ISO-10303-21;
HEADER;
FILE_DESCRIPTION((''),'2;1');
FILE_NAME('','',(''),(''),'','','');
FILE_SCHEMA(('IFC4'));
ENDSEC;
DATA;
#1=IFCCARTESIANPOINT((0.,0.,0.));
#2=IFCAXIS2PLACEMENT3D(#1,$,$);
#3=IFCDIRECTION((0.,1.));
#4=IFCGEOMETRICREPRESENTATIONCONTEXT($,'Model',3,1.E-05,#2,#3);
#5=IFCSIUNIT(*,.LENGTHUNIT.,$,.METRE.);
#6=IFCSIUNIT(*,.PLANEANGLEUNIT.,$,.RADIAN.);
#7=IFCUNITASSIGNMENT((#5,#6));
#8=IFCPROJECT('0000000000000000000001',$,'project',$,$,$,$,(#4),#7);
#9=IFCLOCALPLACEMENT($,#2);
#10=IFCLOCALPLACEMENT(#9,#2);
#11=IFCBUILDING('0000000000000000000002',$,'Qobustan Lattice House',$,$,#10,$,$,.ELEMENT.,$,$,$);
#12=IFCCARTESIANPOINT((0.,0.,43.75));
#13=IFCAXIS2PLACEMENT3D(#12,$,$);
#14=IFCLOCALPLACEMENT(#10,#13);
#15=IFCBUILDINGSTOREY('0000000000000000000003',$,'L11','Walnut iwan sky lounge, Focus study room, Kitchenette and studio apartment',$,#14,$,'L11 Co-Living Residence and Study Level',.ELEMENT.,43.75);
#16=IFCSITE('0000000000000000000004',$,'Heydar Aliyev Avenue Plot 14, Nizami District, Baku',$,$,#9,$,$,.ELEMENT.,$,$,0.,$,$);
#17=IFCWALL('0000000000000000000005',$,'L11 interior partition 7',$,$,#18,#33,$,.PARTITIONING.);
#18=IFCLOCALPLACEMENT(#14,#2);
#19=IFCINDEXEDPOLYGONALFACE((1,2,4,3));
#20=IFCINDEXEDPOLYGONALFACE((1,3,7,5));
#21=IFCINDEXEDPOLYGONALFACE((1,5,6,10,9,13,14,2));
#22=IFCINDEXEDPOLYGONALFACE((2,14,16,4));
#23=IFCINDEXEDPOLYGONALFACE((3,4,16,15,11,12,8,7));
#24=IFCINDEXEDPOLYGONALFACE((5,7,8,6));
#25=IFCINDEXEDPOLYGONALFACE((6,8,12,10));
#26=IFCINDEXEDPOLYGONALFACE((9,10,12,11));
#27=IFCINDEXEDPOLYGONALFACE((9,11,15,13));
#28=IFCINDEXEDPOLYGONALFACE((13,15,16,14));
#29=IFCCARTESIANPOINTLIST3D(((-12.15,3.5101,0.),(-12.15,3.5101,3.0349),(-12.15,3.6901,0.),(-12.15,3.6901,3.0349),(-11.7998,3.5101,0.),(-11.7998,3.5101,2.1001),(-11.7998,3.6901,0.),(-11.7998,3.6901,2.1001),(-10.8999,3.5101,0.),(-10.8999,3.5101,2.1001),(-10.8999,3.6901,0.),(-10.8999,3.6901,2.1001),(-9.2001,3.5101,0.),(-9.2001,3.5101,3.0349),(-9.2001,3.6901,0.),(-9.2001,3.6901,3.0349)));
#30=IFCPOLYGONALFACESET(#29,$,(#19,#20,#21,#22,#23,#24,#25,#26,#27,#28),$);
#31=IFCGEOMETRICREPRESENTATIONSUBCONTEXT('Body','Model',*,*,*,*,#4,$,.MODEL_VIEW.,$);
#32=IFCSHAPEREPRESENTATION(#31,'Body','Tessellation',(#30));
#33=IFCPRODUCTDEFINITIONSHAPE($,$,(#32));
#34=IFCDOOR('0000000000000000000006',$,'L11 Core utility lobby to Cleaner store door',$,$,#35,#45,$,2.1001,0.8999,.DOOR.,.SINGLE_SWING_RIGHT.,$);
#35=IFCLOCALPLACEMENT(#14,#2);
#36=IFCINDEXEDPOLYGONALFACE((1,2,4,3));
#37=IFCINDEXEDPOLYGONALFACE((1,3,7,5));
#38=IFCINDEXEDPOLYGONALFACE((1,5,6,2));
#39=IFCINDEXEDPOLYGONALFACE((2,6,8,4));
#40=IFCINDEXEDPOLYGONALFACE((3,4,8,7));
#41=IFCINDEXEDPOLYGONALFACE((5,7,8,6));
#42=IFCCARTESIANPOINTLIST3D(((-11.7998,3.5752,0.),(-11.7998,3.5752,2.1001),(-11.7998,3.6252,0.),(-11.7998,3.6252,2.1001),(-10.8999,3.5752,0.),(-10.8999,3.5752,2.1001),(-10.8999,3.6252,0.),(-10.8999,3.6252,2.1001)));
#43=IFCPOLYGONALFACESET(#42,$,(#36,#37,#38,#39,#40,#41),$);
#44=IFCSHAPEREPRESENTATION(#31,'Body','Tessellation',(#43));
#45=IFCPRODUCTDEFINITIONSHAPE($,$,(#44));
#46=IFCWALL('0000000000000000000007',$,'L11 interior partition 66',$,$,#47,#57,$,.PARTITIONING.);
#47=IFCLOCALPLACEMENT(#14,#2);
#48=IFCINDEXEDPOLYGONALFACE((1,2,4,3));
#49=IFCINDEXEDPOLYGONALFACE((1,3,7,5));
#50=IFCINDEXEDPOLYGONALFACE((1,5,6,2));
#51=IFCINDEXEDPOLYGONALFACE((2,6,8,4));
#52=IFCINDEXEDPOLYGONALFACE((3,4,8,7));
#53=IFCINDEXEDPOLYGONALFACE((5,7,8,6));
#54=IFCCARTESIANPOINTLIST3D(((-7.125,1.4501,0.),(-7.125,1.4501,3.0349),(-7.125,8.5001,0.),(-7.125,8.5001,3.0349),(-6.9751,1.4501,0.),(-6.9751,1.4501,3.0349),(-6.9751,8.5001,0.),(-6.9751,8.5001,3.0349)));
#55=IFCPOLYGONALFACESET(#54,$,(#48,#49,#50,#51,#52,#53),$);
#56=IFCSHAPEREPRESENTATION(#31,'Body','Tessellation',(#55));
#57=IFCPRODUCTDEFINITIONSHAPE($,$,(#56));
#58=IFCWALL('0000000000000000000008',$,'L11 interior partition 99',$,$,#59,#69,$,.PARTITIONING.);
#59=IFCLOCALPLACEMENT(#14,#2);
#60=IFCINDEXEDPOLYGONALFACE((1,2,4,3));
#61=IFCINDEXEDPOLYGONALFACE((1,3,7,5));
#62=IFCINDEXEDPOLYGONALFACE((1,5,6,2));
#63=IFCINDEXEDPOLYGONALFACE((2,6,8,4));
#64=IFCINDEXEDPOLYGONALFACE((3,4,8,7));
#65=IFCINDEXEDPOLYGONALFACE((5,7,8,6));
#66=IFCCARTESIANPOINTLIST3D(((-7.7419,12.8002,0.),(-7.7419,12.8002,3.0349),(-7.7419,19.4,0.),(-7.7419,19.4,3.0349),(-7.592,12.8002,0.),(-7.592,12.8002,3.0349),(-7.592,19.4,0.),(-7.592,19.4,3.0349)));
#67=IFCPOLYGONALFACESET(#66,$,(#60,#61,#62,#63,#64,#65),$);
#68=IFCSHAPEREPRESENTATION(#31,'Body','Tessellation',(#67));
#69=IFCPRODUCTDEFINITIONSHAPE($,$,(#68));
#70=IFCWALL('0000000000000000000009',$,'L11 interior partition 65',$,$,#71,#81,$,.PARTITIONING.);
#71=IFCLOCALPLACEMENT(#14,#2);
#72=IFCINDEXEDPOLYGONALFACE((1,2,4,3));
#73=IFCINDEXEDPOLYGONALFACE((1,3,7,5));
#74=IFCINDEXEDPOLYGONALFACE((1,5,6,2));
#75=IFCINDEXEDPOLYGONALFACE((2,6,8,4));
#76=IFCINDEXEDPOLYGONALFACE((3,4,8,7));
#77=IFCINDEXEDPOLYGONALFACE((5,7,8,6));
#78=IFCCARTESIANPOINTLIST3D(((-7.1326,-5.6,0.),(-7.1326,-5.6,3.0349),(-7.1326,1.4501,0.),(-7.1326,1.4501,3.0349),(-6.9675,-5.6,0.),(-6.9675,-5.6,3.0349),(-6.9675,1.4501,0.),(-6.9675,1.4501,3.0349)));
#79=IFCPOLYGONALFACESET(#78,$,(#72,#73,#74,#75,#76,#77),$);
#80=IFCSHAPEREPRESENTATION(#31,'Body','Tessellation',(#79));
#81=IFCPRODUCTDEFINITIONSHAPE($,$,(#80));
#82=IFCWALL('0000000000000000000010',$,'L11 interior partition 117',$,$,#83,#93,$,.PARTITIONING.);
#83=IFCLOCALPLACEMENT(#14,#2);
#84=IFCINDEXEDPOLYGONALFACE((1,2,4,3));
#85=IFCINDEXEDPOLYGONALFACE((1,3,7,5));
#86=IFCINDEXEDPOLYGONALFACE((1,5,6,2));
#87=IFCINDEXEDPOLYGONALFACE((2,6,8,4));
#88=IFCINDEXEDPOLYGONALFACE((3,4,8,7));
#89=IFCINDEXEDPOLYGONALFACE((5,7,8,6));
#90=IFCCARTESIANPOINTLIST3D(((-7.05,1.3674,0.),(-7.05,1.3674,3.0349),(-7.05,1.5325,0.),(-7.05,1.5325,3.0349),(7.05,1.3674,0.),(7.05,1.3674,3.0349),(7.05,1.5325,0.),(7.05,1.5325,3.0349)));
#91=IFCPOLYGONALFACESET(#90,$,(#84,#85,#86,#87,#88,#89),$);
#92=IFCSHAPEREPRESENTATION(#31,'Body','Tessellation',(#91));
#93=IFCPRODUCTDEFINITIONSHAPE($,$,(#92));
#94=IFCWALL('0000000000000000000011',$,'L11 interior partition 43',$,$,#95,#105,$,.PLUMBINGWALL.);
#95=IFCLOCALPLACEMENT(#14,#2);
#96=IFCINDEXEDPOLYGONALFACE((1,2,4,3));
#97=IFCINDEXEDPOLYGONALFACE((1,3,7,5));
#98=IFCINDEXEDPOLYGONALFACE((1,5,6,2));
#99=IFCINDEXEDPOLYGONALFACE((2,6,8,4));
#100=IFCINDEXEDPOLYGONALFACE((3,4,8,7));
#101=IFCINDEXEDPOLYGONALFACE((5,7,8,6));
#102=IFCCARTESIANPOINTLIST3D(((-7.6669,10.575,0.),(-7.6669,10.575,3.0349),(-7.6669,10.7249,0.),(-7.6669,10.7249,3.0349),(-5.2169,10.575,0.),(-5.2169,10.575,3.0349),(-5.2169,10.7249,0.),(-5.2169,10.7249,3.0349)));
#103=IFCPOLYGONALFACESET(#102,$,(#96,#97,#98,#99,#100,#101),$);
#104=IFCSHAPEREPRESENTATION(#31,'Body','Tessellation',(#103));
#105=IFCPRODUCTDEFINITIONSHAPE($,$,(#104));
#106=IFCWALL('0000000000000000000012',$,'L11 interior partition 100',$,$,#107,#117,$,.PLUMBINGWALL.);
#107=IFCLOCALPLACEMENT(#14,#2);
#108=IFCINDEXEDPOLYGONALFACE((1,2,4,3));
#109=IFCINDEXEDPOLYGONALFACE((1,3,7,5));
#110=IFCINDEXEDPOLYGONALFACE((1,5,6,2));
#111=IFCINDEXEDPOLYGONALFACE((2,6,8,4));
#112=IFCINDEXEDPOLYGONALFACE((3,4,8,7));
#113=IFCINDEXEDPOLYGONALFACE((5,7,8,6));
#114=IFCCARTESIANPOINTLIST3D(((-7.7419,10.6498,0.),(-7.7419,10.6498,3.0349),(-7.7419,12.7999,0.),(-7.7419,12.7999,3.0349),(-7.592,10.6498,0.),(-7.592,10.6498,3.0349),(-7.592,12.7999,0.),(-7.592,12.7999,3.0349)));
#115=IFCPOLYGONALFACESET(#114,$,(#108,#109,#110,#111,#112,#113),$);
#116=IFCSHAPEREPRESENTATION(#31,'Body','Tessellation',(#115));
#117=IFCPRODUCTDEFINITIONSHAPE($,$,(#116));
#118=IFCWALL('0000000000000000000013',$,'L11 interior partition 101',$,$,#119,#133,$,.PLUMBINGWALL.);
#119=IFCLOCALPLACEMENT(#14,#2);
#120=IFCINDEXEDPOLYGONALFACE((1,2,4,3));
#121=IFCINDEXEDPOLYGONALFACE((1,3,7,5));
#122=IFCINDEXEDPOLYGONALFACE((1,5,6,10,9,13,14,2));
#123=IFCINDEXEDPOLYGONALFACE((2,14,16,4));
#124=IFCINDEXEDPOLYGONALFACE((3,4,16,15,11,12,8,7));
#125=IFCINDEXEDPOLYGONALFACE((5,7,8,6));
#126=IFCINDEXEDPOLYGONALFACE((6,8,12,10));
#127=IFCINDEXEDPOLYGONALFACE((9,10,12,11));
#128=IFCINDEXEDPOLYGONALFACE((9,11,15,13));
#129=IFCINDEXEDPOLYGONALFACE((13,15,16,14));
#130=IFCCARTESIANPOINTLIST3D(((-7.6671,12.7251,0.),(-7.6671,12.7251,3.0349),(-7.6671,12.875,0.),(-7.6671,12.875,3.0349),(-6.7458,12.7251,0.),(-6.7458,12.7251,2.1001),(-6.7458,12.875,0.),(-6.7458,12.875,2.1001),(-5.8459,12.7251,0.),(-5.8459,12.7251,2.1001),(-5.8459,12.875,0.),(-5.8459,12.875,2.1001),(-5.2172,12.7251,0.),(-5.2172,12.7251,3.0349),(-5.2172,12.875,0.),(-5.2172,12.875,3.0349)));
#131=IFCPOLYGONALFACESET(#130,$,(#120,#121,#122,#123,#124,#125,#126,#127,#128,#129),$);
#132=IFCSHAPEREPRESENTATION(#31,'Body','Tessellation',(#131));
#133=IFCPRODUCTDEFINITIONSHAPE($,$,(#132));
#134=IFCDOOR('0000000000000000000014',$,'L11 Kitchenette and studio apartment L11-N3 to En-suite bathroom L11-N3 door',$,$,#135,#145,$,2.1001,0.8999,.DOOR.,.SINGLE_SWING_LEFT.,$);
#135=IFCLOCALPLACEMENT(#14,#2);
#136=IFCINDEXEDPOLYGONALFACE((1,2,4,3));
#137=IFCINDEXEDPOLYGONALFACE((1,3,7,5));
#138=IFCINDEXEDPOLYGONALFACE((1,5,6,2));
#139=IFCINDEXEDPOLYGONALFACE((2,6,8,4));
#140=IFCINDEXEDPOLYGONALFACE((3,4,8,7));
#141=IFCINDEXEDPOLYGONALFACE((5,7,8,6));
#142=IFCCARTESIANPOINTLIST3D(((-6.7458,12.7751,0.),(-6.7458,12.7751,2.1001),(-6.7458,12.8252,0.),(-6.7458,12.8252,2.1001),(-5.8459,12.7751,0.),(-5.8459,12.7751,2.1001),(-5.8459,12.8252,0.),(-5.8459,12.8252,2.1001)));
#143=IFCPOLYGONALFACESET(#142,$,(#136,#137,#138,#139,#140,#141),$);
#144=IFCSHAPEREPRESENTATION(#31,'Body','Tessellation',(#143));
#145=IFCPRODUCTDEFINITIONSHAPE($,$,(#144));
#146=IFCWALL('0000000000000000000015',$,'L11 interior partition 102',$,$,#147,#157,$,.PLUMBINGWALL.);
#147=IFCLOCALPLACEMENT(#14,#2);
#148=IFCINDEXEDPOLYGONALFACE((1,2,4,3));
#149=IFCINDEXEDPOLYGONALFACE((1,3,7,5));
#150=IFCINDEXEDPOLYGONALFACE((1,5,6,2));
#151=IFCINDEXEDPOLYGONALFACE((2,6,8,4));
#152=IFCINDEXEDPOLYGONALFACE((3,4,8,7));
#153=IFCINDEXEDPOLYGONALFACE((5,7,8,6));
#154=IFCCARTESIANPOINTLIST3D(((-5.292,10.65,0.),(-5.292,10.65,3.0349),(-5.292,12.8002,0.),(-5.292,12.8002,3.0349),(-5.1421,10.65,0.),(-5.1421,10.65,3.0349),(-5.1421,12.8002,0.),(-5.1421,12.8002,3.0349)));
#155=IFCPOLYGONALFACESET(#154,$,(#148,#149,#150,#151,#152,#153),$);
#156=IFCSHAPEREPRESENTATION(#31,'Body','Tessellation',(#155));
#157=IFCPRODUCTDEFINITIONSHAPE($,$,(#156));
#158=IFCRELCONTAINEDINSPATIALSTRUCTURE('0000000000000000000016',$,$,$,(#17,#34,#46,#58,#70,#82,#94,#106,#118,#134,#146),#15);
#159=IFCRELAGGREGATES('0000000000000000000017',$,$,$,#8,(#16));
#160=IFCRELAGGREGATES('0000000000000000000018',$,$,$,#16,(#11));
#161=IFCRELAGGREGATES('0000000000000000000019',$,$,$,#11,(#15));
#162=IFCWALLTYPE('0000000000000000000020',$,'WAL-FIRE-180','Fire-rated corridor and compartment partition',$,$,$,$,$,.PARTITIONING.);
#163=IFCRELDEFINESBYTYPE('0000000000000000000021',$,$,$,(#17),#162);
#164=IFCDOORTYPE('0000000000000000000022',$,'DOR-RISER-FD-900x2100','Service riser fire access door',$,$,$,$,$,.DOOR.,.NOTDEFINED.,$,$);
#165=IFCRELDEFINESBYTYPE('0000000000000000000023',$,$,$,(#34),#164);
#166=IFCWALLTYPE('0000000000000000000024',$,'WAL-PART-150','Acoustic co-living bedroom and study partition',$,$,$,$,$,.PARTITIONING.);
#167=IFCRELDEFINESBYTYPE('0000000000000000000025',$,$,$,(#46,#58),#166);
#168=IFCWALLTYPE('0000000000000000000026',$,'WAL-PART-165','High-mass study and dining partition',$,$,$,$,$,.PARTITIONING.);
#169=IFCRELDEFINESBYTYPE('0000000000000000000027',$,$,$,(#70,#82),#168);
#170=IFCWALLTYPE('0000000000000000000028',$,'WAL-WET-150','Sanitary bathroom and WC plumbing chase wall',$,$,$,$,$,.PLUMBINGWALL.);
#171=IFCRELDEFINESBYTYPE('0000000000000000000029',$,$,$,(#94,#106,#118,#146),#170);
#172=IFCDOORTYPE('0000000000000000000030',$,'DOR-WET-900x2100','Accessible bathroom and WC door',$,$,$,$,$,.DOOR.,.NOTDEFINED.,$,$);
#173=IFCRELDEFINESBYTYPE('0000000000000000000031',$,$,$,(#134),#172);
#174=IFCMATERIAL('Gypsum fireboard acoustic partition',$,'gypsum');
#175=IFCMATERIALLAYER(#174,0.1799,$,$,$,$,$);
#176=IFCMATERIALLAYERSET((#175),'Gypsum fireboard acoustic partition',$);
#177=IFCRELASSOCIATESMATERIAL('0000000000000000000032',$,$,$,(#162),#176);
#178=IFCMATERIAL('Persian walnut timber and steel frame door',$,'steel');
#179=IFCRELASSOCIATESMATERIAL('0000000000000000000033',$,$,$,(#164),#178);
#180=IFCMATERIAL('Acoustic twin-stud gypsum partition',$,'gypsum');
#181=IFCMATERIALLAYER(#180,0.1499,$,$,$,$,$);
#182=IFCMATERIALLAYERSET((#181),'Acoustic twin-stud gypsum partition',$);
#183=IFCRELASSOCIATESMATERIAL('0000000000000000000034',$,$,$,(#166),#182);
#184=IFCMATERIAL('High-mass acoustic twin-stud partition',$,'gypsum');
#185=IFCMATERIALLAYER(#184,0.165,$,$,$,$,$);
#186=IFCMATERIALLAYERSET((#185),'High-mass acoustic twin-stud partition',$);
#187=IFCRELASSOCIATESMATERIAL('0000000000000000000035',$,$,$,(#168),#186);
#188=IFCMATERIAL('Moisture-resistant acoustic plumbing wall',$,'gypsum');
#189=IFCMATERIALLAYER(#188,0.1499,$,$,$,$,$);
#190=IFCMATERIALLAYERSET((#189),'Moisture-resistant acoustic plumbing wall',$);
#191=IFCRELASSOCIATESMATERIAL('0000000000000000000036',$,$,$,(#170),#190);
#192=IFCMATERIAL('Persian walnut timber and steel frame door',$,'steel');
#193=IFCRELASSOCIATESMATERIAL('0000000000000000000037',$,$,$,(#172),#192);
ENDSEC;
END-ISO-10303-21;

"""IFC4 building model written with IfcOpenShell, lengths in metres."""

from ifc_helpers import new_model, si_unit, direction, frame, frame_2d, origin, place, context, subcontext, project, spatial, rectangle, extrude, material, layer, layer_set, type_object, element, fill, save


model = new_model("IFC4")

# Units and contexts
model_context = context("Model", 3, precision=1e-05, world=origin(), true_north=direction((0.0, 1.0)))
body_context = subcontext(model_context, "Body", "Model", "MODEL_VIEW")
ifc_project = project(units=[si_unit("LENGTHUNIT", "METRE"), si_unit("PLANEANGLEUNIT", "RADIAN")], contexts=[model_context])

# Site, building, storey
site_placement = place(None, origin())
site = spatial("IfcSite", under=ifc_project, at=site_placement, Name="Heydar Aliyev Avenue Plot 14, Nizami District, Baku", CompositionType="ELEMENT", RefElevation=0.0)
building_placement = place(site_placement, origin())
building = spatial("IfcBuilding", under=site, at=building_placement, Name="Qobustan Lattice House", CompositionType="ELEMENT")
storey_placement = place(building_placement, frame((0.0, 0.0, 43.75)))
storey = spatial("IfcBuildingStorey", under=building, at=storey_placement, Name="L11", Description="Walnut iwan sky lounge, Focus study room, Kitchenette and studio apartment", LongName="L11 Co-Living Residence and Study Level", CompositionType="ELEMENT", Elevation=43.75)

# Wall, opening, door
ifc_material_1 = material(Name="Gypsum fireboard acoustic partition", Category="gypsum")
ifc_layer_1 = layer(ifc_material_1, 0.1799)
ifc_layer_set_1 = layer_set([ifc_layer_1], Name="Gypsum fireboard acoustic partition")
wall_type_1 = type_object("IfcWallType", Name="WAL-FIRE-180", Description="Fire-rated corridor and compartment partition", PredefinedType="PARTITIONING", material=ifc_layer_set_1)
wall_1_placement = place(storey_placement, frame((-9.2, 3.6001, 0.0), z_axis=(0.0, 0.0, 1.0), x_axis=(-1.0, 0.0, 0.0)))
wall_1 = element("IfcWall", 1, at=wall_1_placement, inside=storey, type_object=wall_type_1, Name="L11 interior partition 7", PredefinedType="PARTITIONING", context=body_context, shape_type="SweptSolid", body=[
    extrude(rectangle(XDim=2.95, YDim=0.1799, at=frame_2d((1.4751, 0.0))), origin(), (0.0, 0.0, 1.0), 3.0349),
])
opening_1_placement = place(wall_1_placement, frame((1.7, 0.0, 0.0)))
opening_1 = element("IfcOpeningElement", 2, at=opening_1_placement, cuts=wall_1, PredefinedType="OPENING", context=body_context, shape_type="SweptSolid", body=[
    extrude(rectangle(XDim=0.8999, YDim=2.1001, at=frame_2d((0.45, 1.05))), frame((0.0, 0.0999, 0.0), z_axis=(0.0, -1.0, 0.0), x_axis=(1.0, 0.0, 0.0)), (0.0, 0.0, 1.0), 0.2),
])
ifc_material_2 = material(Name="Persian walnut timber and steel frame door", Category="steel")
door_type_1 = type_object("IfcDoorType", Name="DOR-RISER-FD-900x2100", Description="Service riser fire access door", OperationType="NOTDEFINED", PredefinedType="DOOR", material=ifc_material_2)
door_1_placement = place(opening_1_placement, origin())
door_1 = element("IfcDoor", 3, at=door_1_placement, inside=storey, type_object=door_type_1, Name="L11 Core utility lobby to Cleaner store door", OperationType="SINGLE_SWING_RIGHT", OverallHeight=2.1001, OverallWidth=0.8999, PredefinedType="DOOR", context=body_context, shape_type="SweptSolid", body=[
    extrude(rectangle(XDim=0.8999, YDim=2.1001, at=frame_2d((0.45, 1.05))), frame((0.0, 0.0249, 0.0), z_axis=(0.0, -1.0, 0.0), x_axis=(1.0, 0.0, 0.0)), (0.0, 0.0, 1.0), 0.05),
])
fill(opening_1, door_1)

# Walls
ifc_material_3 = material(Name="Acoustic twin-stud gypsum partition", Category="gypsum")
ifc_layer_2 = layer(ifc_material_3, 0.1499)
ifc_layer_set_2 = layer_set([ifc_layer_2], Name="Acoustic twin-stud gypsum partition")
wall_type_2 = type_object("IfcWallType", Name="WAL-PART-150", Description="Acoustic co-living bedroom and study partition", PredefinedType="PARTITIONING", material=ifc_layer_set_2)
wall_2_placement = place(storey_placement, frame((-7.05, 8.5, 0.0), z_axis=(0.0, 0.0, 1.0), x_axis=(0.0, -1.0, 0.0)))
element("IfcWall", 4, at=wall_2_placement, inside=storey, type_object=wall_type_2, Name="L11 interior partition 66", PredefinedType="PARTITIONING", context=body_context, shape_type="SweptSolid", body=[
    extrude(rectangle(XDim=7.05, YDim=0.1499, at=frame_2d((3.5249, 0.0))), origin(), (0.0, 0.0, 1.0), 3.0349),
])
wall_3_placement = place(storey_placement, frame((-7.667, 19.3999, 0.0), z_axis=(0.0, 0.0, 1.0), x_axis=(0.0, -1.0, 0.0)))
element("IfcWall", 5, at=wall_3_placement, inside=storey, type_object=wall_type_2, Name="L11 interior partition 99", PredefinedType="PARTITIONING", context=body_context, shape_type="SweptSolid", body=[
    extrude(rectangle(XDim=6.5999, YDim=0.1499, at=frame_2d((3.2998, 0.0))), origin(), (0.0, 0.0, 1.0), 3.0349),
])
ifc_material_4 = material(Name="High-mass acoustic twin-stud partition", Category="gypsum")
ifc_layer_3 = layer(ifc_material_4, 0.165)
ifc_layer_set_3 = layer_set([ifc_layer_3], Name="High-mass acoustic twin-stud partition")
wall_type_3 = type_object("IfcWallType", Name="WAL-PART-165", Description="High-mass study and dining partition", PredefinedType="PARTITIONING", material=ifc_layer_set_3)
wall_4_placement = place(storey_placement, frame((-7.05, 1.45, 0.0), z_axis=(0.0, 0.0, 1.0), x_axis=(0.0, -1.0, 0.0)))
element("IfcWall", 6, at=wall_4_placement, inside=storey, type_object=wall_type_3, Name="L11 interior partition 65", PredefinedType="PARTITIONING", context=body_context, shape_type="SweptSolid", body=[
    extrude(rectangle(XDim=7.05, YDim=0.165, at=frame_2d((3.5249, 0.0))), origin(), (0.0, 0.0, 1.0), 3.0349),
])
wall_5_placement = place(storey_placement, frame((-7.05, 1.45, 0.0), z_axis=(0.0, 0.0, 1.0), x_axis=(1.0, 0.0, 0.0)))
element("IfcWall", 7, at=wall_5_placement, inside=storey, type_object=wall_type_3, Name="L11 interior partition 117", PredefinedType="PARTITIONING", context=body_context, shape_type="SweptSolid", body=[
    extrude(rectangle(XDim=14.1001, YDim=0.165, at=frame_2d((7.05, 0.0))), origin(), (0.0, 0.0, 1.0), 3.0349),
])
ifc_material_5 = material(Name="Moisture-resistant acoustic plumbing wall", Category="gypsum")
ifc_layer_4 = layer(ifc_material_5, 0.1499)
ifc_layer_set_4 = layer_set([ifc_layer_4], Name="Moisture-resistant acoustic plumbing wall")
wall_type_4 = type_object("IfcWallType", Name="WAL-WET-150", Description="Sanitary bathroom and WC plumbing chase wall", PredefinedType="PLUMBINGWALL", material=ifc_layer_set_4)
wall_6_placement = place(storey_placement, frame((-7.667, 10.6499, 0.0), z_axis=(0.0, 0.0, 1.0), x_axis=(1.0, 0.0, 0.0)))
element("IfcWall", 8, at=wall_6_placement, inside=storey, type_object=wall_type_4, Name="L11 interior partition 43", PredefinedType="PLUMBINGWALL", context=body_context, shape_type="SweptSolid", body=[
    extrude(rectangle(XDim=2.45, YDim=0.1499, at=frame_2d((1.2251, 0.0))), origin(), (0.0, 0.0, 1.0), 3.0349),
])
wall_7_placement = place(storey_placement, frame((-7.667, 12.8, 0.0), z_axis=(0.0, 0.0, 1.0), x_axis=(0.0, -1.0, 0.0)))
element("IfcWall", 9, at=wall_7_placement, inside=storey, type_object=wall_type_4, Name="L11 interior partition 100", PredefinedType="PLUMBINGWALL", context=body_context, shape_type="SweptSolid", body=[
    extrude(rectangle(XDim=2.1501, YDim=0.1499, at=frame_2d((1.0752, 0.0))), origin(), (0.0, 0.0, 1.0), 3.0349),
])

# Wall, opening, door
wall_8_placement = place(storey_placement, frame((-5.217, 12.8, 0.0), z_axis=(0.0, 0.0, 1.0), x_axis=(-1.0, 0.0, 0.0)))
wall_8 = element("IfcWall", 10, at=wall_8_placement, inside=storey, type_object=wall_type_4, Name="L11 interior partition 101", PredefinedType="PLUMBINGWALL", context=body_context, shape_type="SweptSolid", body=[
    extrude(rectangle(XDim=2.45, YDim=0.1499, at=frame_2d((1.2251, 0.0))), origin(), (0.0, 0.0, 1.0), 3.0349),
])
opening_2_placement = place(wall_8_placement, frame((0.6289, 0.0, 0.0)))
opening_2 = element("IfcOpeningElement", 11, at=opening_2_placement, cuts=wall_8, PredefinedType="OPENING", context=body_context, shape_type="SweptSolid", body=[
    extrude(rectangle(XDim=0.8999, YDim=2.1001, at=frame_2d((0.45, 1.05))), frame((0.0, 0.085, 0.0), z_axis=(0.0, -1.0, 0.0), x_axis=(1.0, 0.0, 0.0)), (0.0, 0.0, 1.0), 0.1699),
])
ifc_material_6 = material(Name="Persian walnut timber and steel frame door", Category="steel")
door_type_2 = type_object("IfcDoorType", Name="DOR-WET-900x2100", Description="Accessible bathroom and WC door", OperationType="NOTDEFINED", PredefinedType="DOOR", material=ifc_material_6)
door_2_placement = place(opening_2_placement, origin())
door_2 = element("IfcDoor", 12, at=door_2_placement, inside=storey, type_object=door_type_2, Name="L11 Kitchenette and studio apartment L11-N3 to En-suite bathroom L11-N3 door", OperationType="SINGLE_SWING_LEFT", OverallHeight=2.1001, OverallWidth=0.8999, PredefinedType="DOOR", context=body_context, shape_type="SweptSolid", body=[
    extrude(rectangle(XDim=0.8999, YDim=2.1001, at=frame_2d((0.45, 1.05))), frame((0.0, 0.0249, 0.0), z_axis=(0.0, -1.0, 0.0), x_axis=(1.0, 0.0, 0.0)), (0.0, 0.0, 1.0), 0.05),
])
fill(opening_2, door_2)

# Wall
wall_9_placement = place(storey_placement, frame((-5.217, 10.6499, 0.0), z_axis=(0.0, 0.0, 1.0), x_axis=(0.0, 1.0, 0.0)))
element("IfcWall", 13, at=wall_9_placement, inside=storey, type_object=wall_type_4, Name="L11 interior partition 102", PredefinedType="PLUMBINGWALL", context=body_context, shape_type="SweptSolid", body=[
    extrude(rectangle(XDim=2.1501, YDim=0.1499, at=frame_2d((1.0752, 0.0))), origin(), (0.0, 0.0, 1.0), 3.0349),
])

save(model, "model.ifc")
